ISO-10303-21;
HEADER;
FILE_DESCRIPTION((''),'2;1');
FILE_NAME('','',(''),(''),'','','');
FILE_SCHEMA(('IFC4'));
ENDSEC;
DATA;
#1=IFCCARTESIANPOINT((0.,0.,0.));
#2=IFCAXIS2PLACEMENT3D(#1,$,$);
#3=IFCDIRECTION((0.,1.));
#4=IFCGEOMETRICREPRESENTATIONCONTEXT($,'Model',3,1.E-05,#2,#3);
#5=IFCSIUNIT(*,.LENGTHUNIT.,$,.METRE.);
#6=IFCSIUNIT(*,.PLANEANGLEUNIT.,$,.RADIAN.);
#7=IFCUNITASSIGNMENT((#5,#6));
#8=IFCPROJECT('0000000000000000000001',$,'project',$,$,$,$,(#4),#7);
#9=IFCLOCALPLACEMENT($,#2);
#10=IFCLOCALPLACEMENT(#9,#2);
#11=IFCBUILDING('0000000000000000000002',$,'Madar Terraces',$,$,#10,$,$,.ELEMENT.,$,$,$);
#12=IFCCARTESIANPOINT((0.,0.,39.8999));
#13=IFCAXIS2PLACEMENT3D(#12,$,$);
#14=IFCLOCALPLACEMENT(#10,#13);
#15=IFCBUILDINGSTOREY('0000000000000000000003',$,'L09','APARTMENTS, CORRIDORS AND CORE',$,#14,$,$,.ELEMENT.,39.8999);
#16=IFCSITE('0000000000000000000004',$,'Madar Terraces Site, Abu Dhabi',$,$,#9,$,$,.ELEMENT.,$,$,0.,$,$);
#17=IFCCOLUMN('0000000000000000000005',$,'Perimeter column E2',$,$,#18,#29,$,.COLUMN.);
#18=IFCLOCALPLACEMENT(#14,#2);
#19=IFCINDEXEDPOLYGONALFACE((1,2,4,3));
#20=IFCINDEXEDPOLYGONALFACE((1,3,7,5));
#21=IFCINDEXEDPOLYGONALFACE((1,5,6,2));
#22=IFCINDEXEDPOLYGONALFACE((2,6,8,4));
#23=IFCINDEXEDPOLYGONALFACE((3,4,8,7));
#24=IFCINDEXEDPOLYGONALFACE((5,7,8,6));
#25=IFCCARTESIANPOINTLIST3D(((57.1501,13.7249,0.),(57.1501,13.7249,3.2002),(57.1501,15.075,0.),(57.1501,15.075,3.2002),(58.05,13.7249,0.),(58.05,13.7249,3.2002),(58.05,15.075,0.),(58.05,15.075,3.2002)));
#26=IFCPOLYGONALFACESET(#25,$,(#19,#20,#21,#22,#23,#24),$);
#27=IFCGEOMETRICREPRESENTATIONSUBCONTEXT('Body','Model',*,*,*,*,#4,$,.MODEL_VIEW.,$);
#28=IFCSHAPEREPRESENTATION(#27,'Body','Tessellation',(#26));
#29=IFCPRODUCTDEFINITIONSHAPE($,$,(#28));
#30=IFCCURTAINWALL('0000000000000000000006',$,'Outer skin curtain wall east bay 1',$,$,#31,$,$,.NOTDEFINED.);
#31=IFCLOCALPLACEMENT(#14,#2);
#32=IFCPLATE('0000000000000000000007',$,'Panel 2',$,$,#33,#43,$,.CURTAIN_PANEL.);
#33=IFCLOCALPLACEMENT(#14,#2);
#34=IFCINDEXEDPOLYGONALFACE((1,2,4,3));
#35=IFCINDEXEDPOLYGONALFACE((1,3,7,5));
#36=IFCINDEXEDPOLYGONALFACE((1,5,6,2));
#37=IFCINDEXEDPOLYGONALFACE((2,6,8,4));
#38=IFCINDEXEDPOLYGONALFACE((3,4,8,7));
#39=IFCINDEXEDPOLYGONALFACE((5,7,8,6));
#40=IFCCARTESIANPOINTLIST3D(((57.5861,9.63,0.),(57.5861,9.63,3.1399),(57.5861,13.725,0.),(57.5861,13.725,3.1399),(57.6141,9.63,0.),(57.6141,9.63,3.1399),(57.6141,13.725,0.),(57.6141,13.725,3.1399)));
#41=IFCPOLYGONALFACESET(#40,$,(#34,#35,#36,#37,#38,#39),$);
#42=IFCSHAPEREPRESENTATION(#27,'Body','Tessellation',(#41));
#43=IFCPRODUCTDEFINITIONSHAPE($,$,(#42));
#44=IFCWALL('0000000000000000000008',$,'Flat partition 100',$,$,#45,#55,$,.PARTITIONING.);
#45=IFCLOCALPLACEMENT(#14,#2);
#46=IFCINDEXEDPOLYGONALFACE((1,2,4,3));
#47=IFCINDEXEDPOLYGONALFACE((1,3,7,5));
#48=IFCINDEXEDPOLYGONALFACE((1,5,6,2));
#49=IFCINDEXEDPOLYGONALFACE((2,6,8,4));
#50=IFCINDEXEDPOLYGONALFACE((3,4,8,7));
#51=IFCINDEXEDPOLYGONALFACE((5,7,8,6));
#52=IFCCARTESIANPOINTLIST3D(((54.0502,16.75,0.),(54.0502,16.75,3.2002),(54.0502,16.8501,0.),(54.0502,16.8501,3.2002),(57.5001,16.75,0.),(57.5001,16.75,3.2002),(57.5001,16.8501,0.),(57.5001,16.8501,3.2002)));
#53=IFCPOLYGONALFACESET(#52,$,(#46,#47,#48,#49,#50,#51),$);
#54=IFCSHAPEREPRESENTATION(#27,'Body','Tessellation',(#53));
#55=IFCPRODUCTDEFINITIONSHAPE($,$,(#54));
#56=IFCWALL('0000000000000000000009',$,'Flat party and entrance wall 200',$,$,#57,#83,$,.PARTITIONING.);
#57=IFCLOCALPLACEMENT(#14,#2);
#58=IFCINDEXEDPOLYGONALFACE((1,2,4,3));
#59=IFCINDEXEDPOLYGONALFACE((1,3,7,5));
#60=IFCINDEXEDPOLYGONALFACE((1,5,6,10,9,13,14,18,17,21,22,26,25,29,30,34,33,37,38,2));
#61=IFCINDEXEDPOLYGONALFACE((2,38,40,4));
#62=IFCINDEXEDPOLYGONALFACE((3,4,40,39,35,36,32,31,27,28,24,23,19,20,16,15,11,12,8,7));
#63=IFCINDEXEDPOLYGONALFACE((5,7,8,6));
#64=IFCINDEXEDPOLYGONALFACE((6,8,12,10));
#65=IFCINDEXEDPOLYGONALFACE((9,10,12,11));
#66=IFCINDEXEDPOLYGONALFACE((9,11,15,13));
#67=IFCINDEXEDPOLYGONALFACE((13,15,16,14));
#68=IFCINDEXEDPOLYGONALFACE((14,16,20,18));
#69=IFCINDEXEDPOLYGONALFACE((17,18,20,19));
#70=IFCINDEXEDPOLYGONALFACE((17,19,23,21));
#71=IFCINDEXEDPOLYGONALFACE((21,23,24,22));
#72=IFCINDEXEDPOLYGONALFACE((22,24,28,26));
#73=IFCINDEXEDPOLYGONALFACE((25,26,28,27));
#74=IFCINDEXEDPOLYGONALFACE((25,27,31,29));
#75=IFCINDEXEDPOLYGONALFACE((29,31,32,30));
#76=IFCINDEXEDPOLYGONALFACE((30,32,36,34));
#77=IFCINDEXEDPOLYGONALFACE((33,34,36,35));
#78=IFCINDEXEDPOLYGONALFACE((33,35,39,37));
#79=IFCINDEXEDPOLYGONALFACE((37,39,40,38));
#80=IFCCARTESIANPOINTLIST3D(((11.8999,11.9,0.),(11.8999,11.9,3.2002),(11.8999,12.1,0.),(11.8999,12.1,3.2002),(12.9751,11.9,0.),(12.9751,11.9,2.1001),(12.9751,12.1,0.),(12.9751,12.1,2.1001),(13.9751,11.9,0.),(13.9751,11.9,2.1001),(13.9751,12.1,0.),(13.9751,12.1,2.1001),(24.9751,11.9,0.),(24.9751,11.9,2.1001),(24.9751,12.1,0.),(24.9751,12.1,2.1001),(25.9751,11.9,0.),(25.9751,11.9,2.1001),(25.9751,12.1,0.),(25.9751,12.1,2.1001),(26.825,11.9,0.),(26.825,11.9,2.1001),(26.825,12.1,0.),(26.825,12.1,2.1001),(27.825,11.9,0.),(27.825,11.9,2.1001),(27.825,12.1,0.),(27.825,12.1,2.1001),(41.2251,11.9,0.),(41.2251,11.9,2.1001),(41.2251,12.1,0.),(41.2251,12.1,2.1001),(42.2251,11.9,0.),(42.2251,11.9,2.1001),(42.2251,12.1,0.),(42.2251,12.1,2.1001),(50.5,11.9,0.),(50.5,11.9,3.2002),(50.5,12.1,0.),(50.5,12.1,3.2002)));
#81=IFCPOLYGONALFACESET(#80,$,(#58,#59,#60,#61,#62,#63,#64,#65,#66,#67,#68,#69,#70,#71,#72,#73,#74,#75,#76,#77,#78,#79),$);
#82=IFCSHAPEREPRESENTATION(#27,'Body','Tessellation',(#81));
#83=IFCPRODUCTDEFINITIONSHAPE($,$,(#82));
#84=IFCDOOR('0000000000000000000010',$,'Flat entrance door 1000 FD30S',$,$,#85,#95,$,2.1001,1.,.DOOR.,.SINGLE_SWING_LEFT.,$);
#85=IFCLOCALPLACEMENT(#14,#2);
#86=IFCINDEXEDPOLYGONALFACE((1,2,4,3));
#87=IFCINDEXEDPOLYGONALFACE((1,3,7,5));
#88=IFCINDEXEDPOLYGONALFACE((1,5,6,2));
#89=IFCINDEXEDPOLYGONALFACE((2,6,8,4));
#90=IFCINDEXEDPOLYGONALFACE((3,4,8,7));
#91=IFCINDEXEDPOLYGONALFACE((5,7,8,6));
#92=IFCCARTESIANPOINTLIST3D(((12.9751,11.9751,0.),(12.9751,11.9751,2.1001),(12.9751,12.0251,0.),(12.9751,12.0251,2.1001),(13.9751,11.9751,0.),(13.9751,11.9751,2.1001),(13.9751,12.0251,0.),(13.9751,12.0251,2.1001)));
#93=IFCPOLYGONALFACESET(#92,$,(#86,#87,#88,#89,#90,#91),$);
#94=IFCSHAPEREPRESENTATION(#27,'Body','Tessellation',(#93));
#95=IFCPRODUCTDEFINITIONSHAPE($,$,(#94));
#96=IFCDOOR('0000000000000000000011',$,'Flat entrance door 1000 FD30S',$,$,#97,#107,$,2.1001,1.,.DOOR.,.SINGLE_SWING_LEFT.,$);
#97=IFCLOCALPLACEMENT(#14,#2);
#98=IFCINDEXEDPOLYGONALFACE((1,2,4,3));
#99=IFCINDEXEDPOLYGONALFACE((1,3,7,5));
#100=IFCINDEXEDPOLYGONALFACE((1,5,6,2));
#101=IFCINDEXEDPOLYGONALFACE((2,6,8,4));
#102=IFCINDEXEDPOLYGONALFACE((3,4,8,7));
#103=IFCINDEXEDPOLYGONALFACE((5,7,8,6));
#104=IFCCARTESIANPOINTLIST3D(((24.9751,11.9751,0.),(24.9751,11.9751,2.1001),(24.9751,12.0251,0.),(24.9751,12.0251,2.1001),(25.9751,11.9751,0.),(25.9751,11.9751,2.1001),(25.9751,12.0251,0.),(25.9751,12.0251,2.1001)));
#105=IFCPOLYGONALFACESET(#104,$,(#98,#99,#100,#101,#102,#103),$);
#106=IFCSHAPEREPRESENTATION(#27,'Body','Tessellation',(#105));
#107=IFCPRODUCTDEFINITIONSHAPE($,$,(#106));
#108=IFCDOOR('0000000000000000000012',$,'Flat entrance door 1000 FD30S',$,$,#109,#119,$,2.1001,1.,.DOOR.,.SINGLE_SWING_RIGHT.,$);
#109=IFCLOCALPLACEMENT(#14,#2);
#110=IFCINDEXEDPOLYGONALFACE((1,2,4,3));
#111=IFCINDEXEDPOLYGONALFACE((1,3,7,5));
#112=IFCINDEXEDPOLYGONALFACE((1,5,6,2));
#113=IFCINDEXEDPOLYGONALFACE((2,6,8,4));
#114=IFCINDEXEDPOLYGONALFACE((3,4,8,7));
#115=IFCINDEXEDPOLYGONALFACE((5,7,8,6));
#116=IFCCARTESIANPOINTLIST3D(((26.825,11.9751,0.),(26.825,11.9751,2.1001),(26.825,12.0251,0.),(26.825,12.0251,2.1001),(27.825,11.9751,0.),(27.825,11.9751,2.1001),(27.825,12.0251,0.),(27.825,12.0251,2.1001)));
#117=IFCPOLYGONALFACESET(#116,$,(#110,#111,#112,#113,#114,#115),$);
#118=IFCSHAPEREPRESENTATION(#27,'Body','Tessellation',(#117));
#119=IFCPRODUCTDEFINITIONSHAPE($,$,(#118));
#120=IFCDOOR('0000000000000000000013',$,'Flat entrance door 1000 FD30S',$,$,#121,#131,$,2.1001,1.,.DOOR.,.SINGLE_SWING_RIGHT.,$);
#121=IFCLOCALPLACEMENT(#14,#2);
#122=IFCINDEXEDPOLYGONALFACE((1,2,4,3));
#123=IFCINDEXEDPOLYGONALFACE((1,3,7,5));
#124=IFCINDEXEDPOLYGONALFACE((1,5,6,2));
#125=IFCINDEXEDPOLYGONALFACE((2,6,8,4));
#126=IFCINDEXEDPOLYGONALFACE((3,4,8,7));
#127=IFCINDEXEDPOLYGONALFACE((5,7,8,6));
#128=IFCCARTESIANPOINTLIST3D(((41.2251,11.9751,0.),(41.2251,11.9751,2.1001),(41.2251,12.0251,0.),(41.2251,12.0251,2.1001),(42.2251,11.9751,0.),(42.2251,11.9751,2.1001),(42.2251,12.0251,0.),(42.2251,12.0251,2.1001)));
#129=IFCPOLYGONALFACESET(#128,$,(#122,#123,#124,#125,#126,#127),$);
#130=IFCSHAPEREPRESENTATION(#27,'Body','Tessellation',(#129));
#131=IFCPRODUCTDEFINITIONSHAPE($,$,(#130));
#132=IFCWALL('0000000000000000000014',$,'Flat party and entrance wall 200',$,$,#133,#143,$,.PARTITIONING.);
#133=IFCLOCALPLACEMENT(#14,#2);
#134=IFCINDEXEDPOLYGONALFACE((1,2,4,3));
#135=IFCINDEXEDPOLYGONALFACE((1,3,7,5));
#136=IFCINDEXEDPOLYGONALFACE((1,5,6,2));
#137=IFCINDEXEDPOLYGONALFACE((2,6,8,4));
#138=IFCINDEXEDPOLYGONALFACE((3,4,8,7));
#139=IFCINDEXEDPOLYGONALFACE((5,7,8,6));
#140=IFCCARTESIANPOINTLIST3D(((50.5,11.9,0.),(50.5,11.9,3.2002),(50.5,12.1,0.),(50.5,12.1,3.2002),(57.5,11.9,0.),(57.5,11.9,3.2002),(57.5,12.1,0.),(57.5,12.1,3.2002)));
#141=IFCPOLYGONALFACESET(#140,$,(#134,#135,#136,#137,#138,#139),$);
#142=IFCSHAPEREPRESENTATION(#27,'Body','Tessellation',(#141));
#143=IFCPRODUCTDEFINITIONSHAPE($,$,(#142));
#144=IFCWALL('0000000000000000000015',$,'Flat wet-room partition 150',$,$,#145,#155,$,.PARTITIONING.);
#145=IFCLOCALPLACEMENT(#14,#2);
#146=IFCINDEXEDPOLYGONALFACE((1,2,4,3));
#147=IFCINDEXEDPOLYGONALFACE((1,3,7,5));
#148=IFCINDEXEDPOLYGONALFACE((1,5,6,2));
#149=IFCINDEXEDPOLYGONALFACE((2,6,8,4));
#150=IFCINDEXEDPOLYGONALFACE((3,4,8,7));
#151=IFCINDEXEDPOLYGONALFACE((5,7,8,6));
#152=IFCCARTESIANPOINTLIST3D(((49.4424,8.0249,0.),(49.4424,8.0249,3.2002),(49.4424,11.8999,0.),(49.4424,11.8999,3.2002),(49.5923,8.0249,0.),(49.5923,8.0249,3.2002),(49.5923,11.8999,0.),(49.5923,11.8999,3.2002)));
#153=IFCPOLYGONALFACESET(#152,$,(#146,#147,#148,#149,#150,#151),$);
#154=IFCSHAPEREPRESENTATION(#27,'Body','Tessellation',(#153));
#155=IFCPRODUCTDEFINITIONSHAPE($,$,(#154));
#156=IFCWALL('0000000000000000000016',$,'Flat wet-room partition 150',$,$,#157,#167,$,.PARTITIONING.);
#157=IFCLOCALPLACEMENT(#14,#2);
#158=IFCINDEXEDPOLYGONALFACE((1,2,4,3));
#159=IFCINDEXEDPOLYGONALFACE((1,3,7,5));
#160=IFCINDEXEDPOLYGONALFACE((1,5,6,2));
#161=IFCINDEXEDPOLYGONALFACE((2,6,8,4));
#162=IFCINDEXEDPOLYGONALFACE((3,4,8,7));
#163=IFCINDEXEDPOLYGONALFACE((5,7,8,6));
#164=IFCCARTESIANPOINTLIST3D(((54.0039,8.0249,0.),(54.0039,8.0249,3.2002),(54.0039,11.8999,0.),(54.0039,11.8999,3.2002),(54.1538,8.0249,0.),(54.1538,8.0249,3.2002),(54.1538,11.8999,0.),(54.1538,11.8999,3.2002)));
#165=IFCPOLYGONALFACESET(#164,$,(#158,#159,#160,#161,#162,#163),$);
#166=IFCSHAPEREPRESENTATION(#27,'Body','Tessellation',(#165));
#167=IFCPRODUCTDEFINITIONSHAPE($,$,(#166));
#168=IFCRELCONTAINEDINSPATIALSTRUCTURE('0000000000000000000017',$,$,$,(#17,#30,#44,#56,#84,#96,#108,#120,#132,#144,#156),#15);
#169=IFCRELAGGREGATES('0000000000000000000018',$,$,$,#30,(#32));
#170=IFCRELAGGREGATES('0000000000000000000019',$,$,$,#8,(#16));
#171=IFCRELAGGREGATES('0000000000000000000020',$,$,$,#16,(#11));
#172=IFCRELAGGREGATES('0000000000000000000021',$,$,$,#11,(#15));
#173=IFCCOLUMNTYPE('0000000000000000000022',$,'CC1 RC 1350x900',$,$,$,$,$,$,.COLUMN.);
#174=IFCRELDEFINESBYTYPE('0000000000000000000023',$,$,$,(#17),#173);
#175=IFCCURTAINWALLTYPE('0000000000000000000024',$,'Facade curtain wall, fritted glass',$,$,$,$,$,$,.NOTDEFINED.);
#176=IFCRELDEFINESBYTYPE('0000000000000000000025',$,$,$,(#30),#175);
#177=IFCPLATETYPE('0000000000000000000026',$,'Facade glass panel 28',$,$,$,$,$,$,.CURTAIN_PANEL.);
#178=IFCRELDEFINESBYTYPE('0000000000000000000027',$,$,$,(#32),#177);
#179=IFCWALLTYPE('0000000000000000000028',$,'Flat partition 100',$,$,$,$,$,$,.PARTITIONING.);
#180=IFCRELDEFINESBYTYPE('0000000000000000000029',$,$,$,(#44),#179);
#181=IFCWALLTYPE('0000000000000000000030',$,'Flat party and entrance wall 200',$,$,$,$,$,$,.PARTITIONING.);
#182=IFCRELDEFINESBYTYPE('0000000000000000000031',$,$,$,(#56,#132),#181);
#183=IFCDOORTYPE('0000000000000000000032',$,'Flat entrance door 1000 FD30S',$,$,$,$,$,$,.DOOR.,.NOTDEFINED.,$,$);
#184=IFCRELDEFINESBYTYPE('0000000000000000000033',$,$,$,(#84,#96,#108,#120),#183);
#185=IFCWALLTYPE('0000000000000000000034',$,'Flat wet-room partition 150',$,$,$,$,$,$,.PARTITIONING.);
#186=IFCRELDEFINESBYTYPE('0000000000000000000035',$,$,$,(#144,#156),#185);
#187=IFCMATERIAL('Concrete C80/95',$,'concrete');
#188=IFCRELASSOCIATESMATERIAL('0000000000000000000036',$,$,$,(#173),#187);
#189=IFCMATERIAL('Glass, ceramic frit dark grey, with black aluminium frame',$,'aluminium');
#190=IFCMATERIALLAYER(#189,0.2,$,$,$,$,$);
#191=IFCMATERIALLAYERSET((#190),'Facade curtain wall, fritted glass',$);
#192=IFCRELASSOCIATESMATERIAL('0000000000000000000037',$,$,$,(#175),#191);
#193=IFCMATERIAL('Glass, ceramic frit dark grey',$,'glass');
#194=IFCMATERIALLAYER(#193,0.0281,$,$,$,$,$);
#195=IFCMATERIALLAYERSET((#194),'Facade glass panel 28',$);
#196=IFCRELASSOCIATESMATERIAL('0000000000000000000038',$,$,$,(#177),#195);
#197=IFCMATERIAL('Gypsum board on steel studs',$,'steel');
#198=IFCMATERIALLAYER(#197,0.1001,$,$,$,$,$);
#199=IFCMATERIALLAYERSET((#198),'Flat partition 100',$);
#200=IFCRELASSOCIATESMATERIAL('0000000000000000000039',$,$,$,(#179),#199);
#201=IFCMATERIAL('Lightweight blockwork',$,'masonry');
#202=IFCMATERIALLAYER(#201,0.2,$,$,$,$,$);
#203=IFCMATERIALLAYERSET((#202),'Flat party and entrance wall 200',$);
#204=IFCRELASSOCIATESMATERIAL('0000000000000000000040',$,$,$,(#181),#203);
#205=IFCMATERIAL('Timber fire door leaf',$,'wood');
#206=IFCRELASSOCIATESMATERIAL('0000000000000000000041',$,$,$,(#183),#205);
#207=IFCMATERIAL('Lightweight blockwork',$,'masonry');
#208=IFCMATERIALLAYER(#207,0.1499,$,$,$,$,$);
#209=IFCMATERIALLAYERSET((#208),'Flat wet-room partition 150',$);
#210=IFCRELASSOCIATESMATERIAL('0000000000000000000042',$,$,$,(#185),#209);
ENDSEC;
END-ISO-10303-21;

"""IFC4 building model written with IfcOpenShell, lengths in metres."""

from ifc_helpers import new_model, si_unit, direction, frame, frame_2d, origin, origin_2d, place, context, subcontext, project, spatial, rectangle, extrude, material, layer, layer_set, material_profile, profile_set, type_object, element, fill, aggregate, save


model = new_model("IFC4")

# Units and contexts
model_context = context("Model", 3, precision=1e-05, world=origin(), true_north=direction((0.0, 1.0)))
body_context = subcontext(model_context, "Body", "Model", "MODEL_VIEW")
ifc_project = project(units=[si_unit("LENGTHUNIT", "METRE"), si_unit("PLANEANGLEUNIT", "RADIAN")], contexts=[model_context])

# Site, building, storey
site_placement = place(None, origin())
site = spatial("IfcSite", under=ifc_project, at=site_placement, Name="Madar Terraces Site, Abu Dhabi", CompositionType="ELEMENT", RefElevation=0.0)
building_placement = place(site_placement, origin())
building = spatial("IfcBuilding", under=site, at=building_placement, Name="Madar Terraces", CompositionType="ELEMENT")
storey_placement = place(building_placement, frame((0.0, 0.0, 39.8999)))
storey = spatial("IfcBuildingStorey", under=building, at=storey_placement, Name="L09", Description="APARTMENTS, CORRIDORS AND CORE", CompositionType="ELEMENT", Elevation=39.8999)

# Column
ifc_material_1 = material(Name="Concrete C80/95", Category="concrete")
ifc_material_profile = material_profile(ifc_material_1, rectangle(XDim=1.3501, YDim=0.8999, at=origin_2d()), Name="CC1 RC 1350x900")
ifc_profile_set = profile_set([ifc_material_profile], Name="Concrete C80/95")
column_type = type_object("IfcColumnType", Name="CC1 RC 1350x900", PredefinedType="COLUMN", material=ifc_profile_set)
column_placement = place(storey_placement, frame((57.6001, 14.3999, 0.0), z_axis=(0.0, 0.0, 1.0), x_axis=(0.0, 1.0, 0.0)))
element("IfcColumn", 1, at=column_placement, inside=storey, type_object=column_type, Name="Perimeter column E2", PredefinedType="COLUMN", context=body_context, shape_type="SweptSolid", body=[
    extrude(rectangle(XDim=1.3501, YDim=0.8999, at=origin_2d()), origin(), (0.0, 0.0, 1.0), 3.2002),
])

# Curtain wall, plate
ifc_material_2 = material(Name="Glass, ceramic frit dark grey, with black aluminium frame", Category="aluminium")
ifc_layer_1 = layer(ifc_material_2, 0.2)
ifc_layer_set_1 = layer_set([ifc_layer_1], Name="Facade curtain wall, fritted glass")
curtain_wall_type = type_object("IfcCurtainWallType", Name="Facade curtain wall, fritted glass", PredefinedType="NOTDEFINED", material=ifc_layer_set_1)
curtain_wall_placement = place(storey_placement, origin())
curtain_wall = element("IfcCurtainWall", 2, at=curtain_wall_placement, inside=storey, type_object=curtain_wall_type, Name="Outer skin curtain wall east bay 1", PredefinedType="NOTDEFINED")
ifc_material_3 = material(Name="Glass, ceramic frit dark grey", Category="glass")
ifc_layer_2 = layer(ifc_material_3, 0.0281)
ifc_layer_set_2 = layer_set([ifc_layer_2], Name="Facade glass panel 28")
plate_type = type_object("IfcPlateType", Name="Facade glass panel 28", PredefinedType="CURTAIN_PANEL", material=ifc_layer_set_2)
plate_placement = place(storey_placement, frame((57.6001, 11.6775, 0.0), z_axis=(0.0, 0.0, 1.0), x_axis=(0.0, 1.0, 0.0)))
plate = element("IfcPlate", 3, at=plate_placement, type_object=plate_type, Name="Panel 2", PredefinedType="CURTAIN_PANEL", context=body_context, shape_type="SweptSolid", body=[
    extrude(rectangle(XDim=4.095, YDim=0.0281, at=origin_2d()), origin(), (0.0, 0.0, 1.0), 3.1399),
])
aggregate(curtain_wall, [plate])

# Wall
ifc_material_4 = material(Name="Gypsum board on steel studs", Category="steel")
ifc_layer_3 = layer(ifc_material_4, 0.1001)
ifc_layer_set_3 = layer_set([ifc_layer_3], Name="Flat partition 100")
wall_type_1 = type_object("IfcWallType", Name="Flat partition 100", PredefinedType="PARTITIONING", material=ifc_layer_set_3)
wall_1_placement = place(storey_placement, frame((54.05, 16.8, 0.0), z_axis=(0.0, 0.0, 1.0), x_axis=(1.0, 0.0, 0.0)))
element("IfcWall", 4, at=wall_1_placement, inside=storey, type_object=wall_type_1, Name="Flat partition 100", PredefinedType="PARTITIONING", context=body_context, shape_type="SweptSolid", body=[
    extrude(rectangle(XDim=3.45, YDim=0.1001, at=frame_2d((1.7251, 0.0))), origin(), (0.0, 0.0, 1.0), 3.2002),
])

# Wall, openings, doors
ifc_material_5 = material(Name="Lightweight blockwork", Category="masonry")
ifc_layer_4 = layer(ifc_material_5, 0.2)
ifc_layer_set_4 = layer_set([ifc_layer_4], Name="Flat party and entrance wall 200")
wall_type_2 = type_object("IfcWallType", Name="Flat party and entrance wall 200", PredefinedType="PARTITIONING", material=ifc_layer_set_4)
wall_2_placement = place(storey_placement, frame((50.5, 12.0, 0.0), z_axis=(0.0, 0.0, 1.0), x_axis=(-1.0, 0.0, 0.0)))
wall_2 = element("IfcWall", 5, at=wall_2_placement, inside=storey, type_object=wall_type_2, Name="Flat party and entrance wall 200", PredefinedType="PARTITIONING", context=body_context, shape_type="SweptSolid", body=[
    extrude(rectangle(XDim=38.6001, YDim=0.2, at=frame_2d((19.3, 0.0))), origin(), (0.0, 0.0, 1.0), 3.2002),
])
opening_1_placement = place(wall_2_placement, frame((36.5249, 0.0, 0.0)))
opening_1 = element("IfcOpeningElement", 6, at=opening_1_placement, cuts=wall_2, PredefinedType="OPENING", context=body_context, shape_type="SweptSolid", body=[
    extrude(rectangle(XDim=1.0, YDim=2.1001, at=frame_2d((0.5, 1.05))), frame((0.0, 0.1099, 0.0), z_axis=(0.0, -1.0, 0.0), x_axis=(1.0, 0.0, 0.0)), (0.0, 0.0, 1.0), 0.22),
])
opening_2_placement = place(wall_2_placement, frame((24.5249, 0.0, 0.0)))
opening_2 = element("IfcOpeningElement", 7, at=opening_2_placement, cuts=wall_2, PredefinedType="OPENING", context=body_context, shape_type="SweptSolid", body=[
    extrude(rectangle(XDim=1.0, YDim=2.1001, at=frame_2d((0.5, 1.05))), frame((0.0, 0.1099, 0.0), z_axis=(0.0, -1.0, 0.0), x_axis=(1.0, 0.0, 0.0)), (0.0, 0.0, 1.0), 0.22),
])
opening_3_placement = place(wall_2_placement, frame((22.675, 0.0, 0.0)))
opening_3 = element("IfcOpeningElement", 8, at=opening_3_placement, cuts=wall_2, PredefinedType="OPENING", context=body_context, shape_type="SweptSolid", body=[
    extrude(rectangle(XDim=1.0, YDim=2.1001, at=frame_2d((0.5, 1.05))), frame((0.0, 0.1099, 0.0), z_axis=(0.0, -1.0, 0.0), x_axis=(1.0, 0.0, 0.0)), (0.0, 0.0, 1.0), 0.22),
])
opening_4_placement = place(wall_2_placement, frame((8.2749, 0.0, 0.0)))
opening_4 = element("IfcOpeningElement", 9, at=opening_4_placement, cuts=wall_2, PredefinedType="OPENING", context=body_context, shape_type="SweptSolid", body=[
    extrude(rectangle(XDim=1.0, YDim=2.1001, at=frame_2d((0.5, 1.05))), frame((0.0, 0.1099, 0.0), z_axis=(0.0, -1.0, 0.0), x_axis=(1.0, 0.0, 0.0)), (0.0, 0.0, 1.0), 0.22),
])
ifc_material_6 = material(Name="Timber fire door leaf", Category="wood")
door_type_1 = type_object("IfcDoorType", Name="Flat entrance door 1000 FD30S", OperationType="NOTDEFINED", PredefinedType="DOOR", material=ifc_material_6)
door_1_placement = place(opening_1_placement, origin())
door_1 = element("IfcDoor", 10, at=door_1_placement, inside=storey, type_object=door_type_1, Name="Flat entrance door 1000 FD30S", OperationType="SINGLE_SWING_LEFT", OverallHeight=2.1001, OverallWidth=1.0, PredefinedType="DOOR", context=body_context, shape_type="SweptSolid", body=[
    extrude(rectangle(XDim=1.0, YDim=2.1001, at=frame_2d((0.5, 1.05))), frame((0.0, 0.0249, 0.0), z_axis=(0.0, -1.0, 0.0), x_axis=(1.0, 0.0, 0.0)), (0.0, 0.0, 1.0), 0.05),
])
fill(opening_1, door_1)
door_2_placement = place(opening_2_placement, origin())
door_2 = element("IfcDoor", 11, at=door_2_placement, inside=storey, type_object=door_type_1, Name="Flat entrance door 1000 FD30S", OperationType="SINGLE_SWING_LEFT", OverallHeight=2.1001, OverallWidth=1.0, PredefinedType="DOOR", context=body_context, shape_type="SweptSolid", body=[
    extrude(rectangle(XDim=1.0, YDim=2.1001, at=frame_2d((0.5, 1.05))), frame((0.0, 0.0249, 0.0), z_axis=(0.0, -1.0, 0.0), x_axis=(1.0, 0.0, 0.0)), (0.0, 0.0, 1.0), 0.05),
])
fill(opening_2, door_2)
door_3_placement = place(opening_3_placement, origin())
door_3 = element("IfcDoor", 12, at=door_3_placement, inside=storey, type_object=door_type_1, Name="Flat entrance door 1000 FD30S", OperationType="SINGLE_SWING_RIGHT", OverallHeight=2.1001, OverallWidth=1.0, PredefinedType="DOOR", context=body_context, shape_type="SweptSolid", body=[
    extrude(rectangle(XDim=1.0, YDim=2.1001, at=frame_2d((0.5, 1.05))), frame((0.0, 0.0249, 0.0), z_axis=(0.0, -1.0, 0.0), x_axis=(1.0, 0.0, 0.0)), (0.0, 0.0, 1.0), 0.05),
])
fill(opening_3, door_3)
door_4_placement = place(opening_4_placement, origin())
door_4 = element("IfcDoor", 13, at=door_4_placement, inside=storey, type_object=door_type_1, Name="Flat entrance door 1000 FD30S", OperationType="SINGLE_SWING_RIGHT", OverallHeight=2.1001, OverallWidth=1.0, PredefinedType="DOOR", context=body_context, shape_type="SweptSolid", body=[
    extrude(rectangle(XDim=1.0, YDim=2.1001, at=frame_2d((0.5, 1.05))), frame((0.0, 0.0249, 0.0), z_axis=(0.0, -1.0, 0.0), x_axis=(1.0, 0.0, 0.0)), (0.0, 0.0, 1.0), 0.05),
])
fill(opening_4, door_4)

# Walls
wall_3_placement = place(storey_placement, frame((50.5, 12.0, 0.0), z_axis=(0.0, 0.0, 1.0), x_axis=(1.0, 0.0, 0.0)))
element("IfcWall", 14, at=wall_3_placement, inside=storey, type_object=wall_type_2, Name="Flat party and entrance wall 200", PredefinedType="PARTITIONING", context=body_context, shape_type="SweptSolid", body=[
    extrude(rectangle(XDim=7.0, YDim=0.2, at=frame_2d((3.5, 0.0))), origin(), (0.0, 0.0, 1.0), 3.2002),
])
ifc_material_7 = material(Name="Lightweight blockwork", Category="masonry")
ifc_layer_5 = layer(ifc_material_7, 0.1499)
ifc_layer_set_5 = layer_set([ifc_layer_5], Name="Flat wet-room partition 150")
wall_type_3 = type_object("IfcWallType", Name="Flat wet-room partition 150", PredefinedType="PARTITIONING", material=ifc_layer_set_5)
for number, where, z_axis, x_axis, name in (
    (15, (49.5173, 11.8999, 0.0), (0.0, 0.0, 1.0), (0.0, -1.0, 0.0), "Flat wet-room partition 150"),
    (16, (54.0789, 11.8999, 0.0), (0.0, 0.0, 1.0), (0.0, -1.0, 0.0), "Flat wet-room partition 150"),
):
    element("IfcWall", number, at=place(storey_placement, frame(where, z_axis=z_axis, x_axis=x_axis)), inside=storey, type_object=wall_type_3, Name=name, PredefinedType="PARTITIONING", context=body_context, shape_type="SweptSolid", body=[
        extrude(rectangle(XDim=3.875, YDim=0.1499, at=frame_2d((1.9375, 0.0))), origin(), (0.0, 0.0, 1.0), 3.2002),
    ])

save(model, "model.ifc")
